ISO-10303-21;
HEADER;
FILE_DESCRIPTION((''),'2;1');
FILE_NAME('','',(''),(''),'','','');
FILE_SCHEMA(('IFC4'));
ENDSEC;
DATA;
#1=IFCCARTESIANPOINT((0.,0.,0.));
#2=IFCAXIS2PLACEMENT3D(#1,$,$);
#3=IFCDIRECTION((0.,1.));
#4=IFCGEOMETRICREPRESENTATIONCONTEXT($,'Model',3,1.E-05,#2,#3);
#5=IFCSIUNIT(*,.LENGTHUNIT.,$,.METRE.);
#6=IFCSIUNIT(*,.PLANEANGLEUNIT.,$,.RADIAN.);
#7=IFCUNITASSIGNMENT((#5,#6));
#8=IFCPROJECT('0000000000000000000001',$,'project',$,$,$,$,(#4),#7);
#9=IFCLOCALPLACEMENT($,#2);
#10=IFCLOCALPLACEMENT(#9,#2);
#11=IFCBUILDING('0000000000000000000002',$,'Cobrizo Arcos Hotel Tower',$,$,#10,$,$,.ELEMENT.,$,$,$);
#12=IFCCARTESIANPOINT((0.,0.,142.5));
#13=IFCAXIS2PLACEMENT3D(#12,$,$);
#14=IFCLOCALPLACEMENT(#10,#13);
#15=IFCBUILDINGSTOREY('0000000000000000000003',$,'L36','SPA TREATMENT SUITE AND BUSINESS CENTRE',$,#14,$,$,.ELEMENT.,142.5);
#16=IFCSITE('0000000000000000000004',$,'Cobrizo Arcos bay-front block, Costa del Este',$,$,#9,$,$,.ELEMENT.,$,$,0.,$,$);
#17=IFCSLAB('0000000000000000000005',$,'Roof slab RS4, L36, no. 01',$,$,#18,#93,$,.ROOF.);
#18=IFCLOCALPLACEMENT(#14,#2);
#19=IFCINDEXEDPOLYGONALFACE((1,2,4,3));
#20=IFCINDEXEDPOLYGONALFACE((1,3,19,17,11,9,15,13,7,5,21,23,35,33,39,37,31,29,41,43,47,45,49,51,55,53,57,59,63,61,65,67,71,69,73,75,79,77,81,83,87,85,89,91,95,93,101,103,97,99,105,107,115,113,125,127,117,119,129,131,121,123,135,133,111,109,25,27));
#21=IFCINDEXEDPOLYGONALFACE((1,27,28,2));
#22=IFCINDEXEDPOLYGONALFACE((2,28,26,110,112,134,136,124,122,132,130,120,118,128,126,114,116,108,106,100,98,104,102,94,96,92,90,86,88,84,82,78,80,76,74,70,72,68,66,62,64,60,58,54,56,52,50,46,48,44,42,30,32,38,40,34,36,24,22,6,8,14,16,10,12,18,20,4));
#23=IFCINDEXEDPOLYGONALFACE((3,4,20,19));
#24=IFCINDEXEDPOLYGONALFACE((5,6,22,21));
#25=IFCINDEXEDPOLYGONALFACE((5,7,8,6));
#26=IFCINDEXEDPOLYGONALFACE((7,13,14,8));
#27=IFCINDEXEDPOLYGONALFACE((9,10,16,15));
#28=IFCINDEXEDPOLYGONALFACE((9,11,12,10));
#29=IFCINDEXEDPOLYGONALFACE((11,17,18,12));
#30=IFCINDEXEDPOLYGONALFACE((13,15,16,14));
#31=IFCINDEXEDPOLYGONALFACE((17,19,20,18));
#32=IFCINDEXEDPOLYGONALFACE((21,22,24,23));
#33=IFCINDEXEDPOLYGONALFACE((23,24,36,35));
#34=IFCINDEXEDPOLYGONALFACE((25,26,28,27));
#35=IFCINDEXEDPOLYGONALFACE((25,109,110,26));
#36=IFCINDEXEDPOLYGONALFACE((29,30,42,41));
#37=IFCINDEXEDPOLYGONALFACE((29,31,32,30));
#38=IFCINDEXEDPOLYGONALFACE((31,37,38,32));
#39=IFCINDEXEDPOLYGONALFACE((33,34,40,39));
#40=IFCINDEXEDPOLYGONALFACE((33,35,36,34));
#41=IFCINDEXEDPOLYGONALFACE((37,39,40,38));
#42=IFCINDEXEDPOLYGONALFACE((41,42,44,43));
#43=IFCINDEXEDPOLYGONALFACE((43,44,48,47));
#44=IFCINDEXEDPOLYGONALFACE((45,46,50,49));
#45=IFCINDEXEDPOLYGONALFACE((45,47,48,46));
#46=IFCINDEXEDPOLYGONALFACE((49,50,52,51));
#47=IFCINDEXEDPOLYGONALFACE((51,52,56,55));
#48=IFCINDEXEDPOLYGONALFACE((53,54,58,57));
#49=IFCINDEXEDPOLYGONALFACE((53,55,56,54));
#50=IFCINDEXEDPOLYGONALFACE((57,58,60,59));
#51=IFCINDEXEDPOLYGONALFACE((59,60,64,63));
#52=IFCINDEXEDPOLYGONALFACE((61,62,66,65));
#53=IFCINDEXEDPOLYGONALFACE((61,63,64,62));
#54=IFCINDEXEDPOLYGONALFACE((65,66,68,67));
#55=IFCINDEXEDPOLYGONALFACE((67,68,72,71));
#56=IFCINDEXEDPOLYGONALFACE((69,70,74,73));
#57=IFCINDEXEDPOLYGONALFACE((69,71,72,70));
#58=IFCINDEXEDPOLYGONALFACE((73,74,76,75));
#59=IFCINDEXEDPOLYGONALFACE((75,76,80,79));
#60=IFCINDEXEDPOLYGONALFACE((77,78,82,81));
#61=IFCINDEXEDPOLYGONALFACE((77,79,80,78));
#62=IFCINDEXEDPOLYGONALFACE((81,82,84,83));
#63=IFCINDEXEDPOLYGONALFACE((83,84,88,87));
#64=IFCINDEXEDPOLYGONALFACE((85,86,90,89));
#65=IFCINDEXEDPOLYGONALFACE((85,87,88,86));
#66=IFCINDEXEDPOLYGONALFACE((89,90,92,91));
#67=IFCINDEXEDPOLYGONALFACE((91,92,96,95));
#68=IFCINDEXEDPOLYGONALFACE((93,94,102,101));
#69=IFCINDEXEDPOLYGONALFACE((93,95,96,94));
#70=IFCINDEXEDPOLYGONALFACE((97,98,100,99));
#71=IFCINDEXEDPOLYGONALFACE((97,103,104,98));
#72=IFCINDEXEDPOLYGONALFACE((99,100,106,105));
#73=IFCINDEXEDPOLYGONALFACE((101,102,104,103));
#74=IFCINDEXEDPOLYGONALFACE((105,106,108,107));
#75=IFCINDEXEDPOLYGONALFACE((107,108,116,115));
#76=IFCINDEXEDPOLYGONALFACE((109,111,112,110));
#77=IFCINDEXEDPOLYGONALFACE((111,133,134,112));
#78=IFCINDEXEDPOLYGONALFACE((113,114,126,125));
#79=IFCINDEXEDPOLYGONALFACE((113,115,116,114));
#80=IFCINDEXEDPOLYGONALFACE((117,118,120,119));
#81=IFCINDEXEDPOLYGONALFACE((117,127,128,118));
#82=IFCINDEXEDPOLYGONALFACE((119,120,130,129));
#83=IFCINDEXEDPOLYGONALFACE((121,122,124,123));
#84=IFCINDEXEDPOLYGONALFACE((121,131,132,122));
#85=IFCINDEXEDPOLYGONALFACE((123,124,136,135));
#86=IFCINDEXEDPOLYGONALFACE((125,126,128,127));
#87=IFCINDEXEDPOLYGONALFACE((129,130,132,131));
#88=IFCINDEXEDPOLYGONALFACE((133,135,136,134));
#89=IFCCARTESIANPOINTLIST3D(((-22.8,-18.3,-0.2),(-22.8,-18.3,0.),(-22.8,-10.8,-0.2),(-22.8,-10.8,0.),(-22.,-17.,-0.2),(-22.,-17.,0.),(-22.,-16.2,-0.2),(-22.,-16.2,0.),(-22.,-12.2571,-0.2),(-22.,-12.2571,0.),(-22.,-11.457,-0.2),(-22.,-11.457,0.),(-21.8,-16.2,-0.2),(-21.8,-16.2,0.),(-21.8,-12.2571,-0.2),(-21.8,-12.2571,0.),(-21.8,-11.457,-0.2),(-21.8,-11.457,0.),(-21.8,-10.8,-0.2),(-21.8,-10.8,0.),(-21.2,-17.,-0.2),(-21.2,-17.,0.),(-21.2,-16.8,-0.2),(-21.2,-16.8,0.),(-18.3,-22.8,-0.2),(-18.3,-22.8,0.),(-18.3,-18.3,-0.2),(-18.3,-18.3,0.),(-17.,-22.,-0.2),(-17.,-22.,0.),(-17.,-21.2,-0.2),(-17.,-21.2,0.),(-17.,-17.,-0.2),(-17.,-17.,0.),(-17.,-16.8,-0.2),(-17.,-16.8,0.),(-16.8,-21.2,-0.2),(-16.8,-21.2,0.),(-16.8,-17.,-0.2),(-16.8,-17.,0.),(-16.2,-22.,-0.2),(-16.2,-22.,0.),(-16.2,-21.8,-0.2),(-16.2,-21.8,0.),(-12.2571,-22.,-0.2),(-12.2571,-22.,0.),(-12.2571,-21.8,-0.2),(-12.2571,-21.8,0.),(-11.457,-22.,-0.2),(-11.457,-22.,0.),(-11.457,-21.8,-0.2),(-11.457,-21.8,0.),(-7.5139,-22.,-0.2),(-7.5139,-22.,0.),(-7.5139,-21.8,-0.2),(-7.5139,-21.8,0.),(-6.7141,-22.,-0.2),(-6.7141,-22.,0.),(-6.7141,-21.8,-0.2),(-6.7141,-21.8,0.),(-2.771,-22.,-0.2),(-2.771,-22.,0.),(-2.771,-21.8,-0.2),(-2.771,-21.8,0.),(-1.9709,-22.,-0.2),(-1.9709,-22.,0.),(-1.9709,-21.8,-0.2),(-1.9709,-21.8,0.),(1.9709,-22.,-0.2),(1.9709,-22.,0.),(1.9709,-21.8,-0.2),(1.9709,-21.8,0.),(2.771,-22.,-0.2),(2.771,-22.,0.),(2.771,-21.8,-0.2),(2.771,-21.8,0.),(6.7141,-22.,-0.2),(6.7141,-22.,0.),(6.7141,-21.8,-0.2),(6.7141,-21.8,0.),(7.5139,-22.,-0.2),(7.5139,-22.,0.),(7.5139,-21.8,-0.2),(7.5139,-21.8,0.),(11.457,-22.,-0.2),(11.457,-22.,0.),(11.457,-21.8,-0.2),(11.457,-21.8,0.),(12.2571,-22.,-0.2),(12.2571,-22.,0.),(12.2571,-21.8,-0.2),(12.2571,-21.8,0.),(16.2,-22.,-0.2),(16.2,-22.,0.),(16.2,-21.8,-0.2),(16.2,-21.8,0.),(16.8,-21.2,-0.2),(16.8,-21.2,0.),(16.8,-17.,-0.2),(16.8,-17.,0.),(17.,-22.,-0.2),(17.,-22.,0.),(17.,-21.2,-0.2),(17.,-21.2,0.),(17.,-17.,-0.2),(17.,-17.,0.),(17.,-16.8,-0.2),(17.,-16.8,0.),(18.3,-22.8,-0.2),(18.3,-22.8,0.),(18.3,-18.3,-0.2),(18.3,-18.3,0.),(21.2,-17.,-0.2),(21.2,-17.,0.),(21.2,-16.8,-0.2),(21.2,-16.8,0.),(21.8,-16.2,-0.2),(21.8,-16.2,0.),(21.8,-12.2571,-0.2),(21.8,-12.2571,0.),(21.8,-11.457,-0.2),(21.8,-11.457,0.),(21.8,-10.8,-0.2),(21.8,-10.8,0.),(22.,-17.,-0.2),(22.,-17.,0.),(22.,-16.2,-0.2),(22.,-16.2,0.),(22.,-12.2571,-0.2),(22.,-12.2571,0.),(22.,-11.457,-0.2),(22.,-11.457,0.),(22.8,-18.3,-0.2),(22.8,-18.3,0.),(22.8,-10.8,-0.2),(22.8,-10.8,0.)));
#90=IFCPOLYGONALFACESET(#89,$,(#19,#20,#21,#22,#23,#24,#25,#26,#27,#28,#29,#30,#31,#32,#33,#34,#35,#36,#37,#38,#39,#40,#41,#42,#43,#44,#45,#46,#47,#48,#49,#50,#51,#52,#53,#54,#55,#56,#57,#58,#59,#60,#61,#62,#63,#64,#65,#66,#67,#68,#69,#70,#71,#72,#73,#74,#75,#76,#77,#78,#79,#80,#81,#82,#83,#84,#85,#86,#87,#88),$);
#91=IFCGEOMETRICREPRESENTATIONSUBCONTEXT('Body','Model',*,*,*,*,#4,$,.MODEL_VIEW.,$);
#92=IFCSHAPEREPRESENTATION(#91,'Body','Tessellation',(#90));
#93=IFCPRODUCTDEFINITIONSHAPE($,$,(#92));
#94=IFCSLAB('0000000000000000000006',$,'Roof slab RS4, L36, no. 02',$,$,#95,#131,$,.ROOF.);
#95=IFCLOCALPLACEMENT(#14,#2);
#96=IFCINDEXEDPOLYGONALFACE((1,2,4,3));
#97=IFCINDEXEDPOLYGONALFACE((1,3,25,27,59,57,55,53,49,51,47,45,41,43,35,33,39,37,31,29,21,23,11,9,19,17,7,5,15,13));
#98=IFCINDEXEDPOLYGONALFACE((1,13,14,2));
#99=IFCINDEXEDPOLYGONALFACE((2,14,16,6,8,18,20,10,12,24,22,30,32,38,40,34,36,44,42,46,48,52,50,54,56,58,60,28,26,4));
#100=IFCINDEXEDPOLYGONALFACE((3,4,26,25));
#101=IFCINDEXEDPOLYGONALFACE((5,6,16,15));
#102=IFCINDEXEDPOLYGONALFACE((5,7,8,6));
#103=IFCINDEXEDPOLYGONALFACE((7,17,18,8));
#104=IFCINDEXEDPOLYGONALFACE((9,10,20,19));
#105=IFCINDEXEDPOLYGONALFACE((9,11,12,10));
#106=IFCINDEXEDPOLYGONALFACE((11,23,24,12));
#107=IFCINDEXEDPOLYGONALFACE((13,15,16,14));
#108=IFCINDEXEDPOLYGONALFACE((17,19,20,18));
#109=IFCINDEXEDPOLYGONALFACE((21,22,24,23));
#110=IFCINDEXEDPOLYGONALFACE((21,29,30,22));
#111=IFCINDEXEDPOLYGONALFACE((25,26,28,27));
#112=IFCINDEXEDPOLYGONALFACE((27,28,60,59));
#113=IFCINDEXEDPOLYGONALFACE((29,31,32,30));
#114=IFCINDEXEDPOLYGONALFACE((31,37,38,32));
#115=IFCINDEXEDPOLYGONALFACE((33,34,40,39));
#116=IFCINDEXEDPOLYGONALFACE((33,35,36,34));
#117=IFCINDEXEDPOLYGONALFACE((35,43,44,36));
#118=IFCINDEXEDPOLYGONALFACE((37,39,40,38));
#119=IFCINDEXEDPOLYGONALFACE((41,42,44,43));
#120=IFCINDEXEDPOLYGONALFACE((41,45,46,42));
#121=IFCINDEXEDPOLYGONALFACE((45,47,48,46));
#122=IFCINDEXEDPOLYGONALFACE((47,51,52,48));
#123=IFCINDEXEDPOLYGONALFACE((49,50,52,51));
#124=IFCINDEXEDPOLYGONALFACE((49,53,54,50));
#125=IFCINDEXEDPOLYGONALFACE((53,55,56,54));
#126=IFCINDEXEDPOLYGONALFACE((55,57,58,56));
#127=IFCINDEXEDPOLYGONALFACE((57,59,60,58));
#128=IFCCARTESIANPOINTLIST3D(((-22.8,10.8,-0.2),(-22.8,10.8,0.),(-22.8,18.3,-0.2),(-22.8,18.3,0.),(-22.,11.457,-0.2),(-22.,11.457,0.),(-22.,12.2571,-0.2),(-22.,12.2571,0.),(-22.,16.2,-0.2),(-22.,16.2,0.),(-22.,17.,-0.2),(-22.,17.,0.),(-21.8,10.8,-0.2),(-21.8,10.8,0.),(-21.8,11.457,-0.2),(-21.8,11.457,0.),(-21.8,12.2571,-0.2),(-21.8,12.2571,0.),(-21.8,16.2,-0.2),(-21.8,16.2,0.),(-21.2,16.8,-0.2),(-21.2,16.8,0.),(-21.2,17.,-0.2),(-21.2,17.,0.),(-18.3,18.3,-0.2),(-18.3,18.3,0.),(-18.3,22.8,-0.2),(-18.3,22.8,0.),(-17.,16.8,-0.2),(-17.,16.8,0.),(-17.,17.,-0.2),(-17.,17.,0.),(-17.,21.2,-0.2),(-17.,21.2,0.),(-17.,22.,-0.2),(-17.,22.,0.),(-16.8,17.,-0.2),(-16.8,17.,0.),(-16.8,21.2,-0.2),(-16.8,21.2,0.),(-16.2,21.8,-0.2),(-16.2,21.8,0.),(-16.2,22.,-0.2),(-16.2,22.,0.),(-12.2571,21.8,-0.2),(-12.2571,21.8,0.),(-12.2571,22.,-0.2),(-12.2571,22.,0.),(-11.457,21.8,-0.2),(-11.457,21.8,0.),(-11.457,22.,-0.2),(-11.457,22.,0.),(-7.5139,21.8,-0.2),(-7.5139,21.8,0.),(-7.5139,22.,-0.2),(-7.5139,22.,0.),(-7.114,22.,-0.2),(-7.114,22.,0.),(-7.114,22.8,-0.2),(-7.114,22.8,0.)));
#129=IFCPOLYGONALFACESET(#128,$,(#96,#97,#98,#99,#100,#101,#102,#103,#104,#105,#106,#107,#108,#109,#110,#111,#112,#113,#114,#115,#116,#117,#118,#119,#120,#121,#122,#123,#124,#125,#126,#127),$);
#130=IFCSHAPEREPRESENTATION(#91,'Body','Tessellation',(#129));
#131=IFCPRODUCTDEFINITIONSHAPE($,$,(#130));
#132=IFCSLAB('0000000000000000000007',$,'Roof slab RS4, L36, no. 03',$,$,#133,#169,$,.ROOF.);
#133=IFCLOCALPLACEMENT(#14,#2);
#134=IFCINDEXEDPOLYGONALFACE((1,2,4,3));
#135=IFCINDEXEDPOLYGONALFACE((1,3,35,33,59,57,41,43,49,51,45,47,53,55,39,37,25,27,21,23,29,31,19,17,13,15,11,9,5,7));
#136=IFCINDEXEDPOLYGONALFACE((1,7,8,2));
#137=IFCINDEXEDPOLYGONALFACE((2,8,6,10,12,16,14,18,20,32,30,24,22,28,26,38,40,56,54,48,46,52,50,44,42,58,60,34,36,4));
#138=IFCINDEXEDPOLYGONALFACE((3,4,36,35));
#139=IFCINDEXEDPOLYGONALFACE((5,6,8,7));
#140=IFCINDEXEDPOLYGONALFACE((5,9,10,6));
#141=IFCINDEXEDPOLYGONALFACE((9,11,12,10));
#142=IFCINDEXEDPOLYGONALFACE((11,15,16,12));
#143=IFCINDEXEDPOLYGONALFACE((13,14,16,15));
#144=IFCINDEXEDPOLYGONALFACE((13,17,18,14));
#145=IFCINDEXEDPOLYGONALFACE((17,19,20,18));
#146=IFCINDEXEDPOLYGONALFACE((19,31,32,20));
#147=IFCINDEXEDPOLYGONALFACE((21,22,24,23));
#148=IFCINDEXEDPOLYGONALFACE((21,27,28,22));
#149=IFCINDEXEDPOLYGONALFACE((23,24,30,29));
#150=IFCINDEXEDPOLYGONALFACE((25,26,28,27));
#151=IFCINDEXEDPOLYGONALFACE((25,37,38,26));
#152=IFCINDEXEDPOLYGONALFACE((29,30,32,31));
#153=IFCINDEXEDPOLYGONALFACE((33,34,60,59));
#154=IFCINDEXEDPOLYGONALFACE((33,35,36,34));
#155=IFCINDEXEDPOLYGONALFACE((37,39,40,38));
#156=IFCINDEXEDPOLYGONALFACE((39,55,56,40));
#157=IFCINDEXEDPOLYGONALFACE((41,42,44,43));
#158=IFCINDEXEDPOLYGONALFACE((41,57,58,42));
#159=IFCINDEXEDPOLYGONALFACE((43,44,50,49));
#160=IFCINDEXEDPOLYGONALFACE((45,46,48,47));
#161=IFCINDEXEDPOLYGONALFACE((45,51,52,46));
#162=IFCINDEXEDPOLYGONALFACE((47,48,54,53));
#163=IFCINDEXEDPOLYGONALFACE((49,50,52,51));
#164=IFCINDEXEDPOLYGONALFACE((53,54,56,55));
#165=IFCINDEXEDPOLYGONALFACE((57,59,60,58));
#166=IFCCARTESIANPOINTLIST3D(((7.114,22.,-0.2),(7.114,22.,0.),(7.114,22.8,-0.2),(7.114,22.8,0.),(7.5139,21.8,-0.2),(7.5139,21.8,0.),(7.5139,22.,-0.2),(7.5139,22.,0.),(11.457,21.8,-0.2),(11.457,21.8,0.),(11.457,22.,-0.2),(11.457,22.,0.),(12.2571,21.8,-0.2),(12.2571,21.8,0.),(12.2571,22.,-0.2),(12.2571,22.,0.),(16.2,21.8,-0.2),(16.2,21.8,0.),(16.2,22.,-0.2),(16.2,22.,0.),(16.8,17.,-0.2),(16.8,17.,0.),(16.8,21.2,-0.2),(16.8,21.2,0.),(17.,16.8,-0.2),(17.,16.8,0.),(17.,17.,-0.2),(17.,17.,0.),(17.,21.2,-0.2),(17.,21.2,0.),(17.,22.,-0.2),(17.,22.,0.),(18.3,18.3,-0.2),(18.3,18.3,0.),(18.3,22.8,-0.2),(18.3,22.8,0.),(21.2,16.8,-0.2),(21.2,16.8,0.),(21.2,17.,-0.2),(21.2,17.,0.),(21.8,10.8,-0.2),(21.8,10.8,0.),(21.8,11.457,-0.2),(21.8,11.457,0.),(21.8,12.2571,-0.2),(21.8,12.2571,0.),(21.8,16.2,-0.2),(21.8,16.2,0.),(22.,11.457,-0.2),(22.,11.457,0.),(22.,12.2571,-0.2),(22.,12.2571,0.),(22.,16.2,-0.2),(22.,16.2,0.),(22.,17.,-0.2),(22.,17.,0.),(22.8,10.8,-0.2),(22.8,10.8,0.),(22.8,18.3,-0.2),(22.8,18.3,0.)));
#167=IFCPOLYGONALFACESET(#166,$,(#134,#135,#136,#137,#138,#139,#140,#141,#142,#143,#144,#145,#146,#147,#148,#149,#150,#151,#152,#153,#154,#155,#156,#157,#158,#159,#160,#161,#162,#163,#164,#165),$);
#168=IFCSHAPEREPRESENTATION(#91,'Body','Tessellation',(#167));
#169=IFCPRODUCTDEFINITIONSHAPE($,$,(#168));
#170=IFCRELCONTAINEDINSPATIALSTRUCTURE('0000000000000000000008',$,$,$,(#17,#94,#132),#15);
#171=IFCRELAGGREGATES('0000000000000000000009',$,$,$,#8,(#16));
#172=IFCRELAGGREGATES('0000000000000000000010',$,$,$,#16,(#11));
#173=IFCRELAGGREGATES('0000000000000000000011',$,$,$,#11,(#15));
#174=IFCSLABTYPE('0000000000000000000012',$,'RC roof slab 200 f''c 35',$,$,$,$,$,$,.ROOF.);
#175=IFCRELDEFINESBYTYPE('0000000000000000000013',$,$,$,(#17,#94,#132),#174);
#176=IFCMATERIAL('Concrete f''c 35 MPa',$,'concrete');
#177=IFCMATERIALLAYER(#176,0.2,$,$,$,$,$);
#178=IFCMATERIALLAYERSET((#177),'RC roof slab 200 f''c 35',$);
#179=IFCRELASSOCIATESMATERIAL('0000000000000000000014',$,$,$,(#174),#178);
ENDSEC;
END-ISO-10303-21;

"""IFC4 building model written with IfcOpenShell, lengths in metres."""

from ifc_helpers import new_model, si_unit, direction, frame, origin, place, context, subcontext, project, spatial, polyline, outline, extrude, material, layer, layer_set, type_object, element, save


model = new_model("IFC4")

# Units and contexts
model_context = context("Model", 3, precision=1e-05, world=origin(), true_north=direction((0.0, 1.0)))
body_context = subcontext(model_context, "Body", "Model", "MODEL_VIEW")
ifc_project = project(units=[si_unit("LENGTHUNIT", "METRE"), si_unit("PLANEANGLEUNIT", "RADIAN")], contexts=[model_context])

# Site, building, storey
site_placement = place(None, origin())
site = spatial("IfcSite", under=ifc_project, at=site_placement, Name="Cobrizo Arcos bay-front block, Costa del Este", CompositionType="ELEMENT", RefElevation=0.0)
building_placement = place(site_placement, origin())
building = spatial("IfcBuilding", under=site, at=building_placement, Name="Cobrizo Arcos Hotel Tower", CompositionType="ELEMENT")
storey_placement = place(building_placement, frame((0.0, 0.0, 142.5)))
storey = spatial("IfcBuildingStorey", under=building, at=storey_placement, Name="L36", Description="SPA TREATMENT SUITE AND BUSINESS CENTRE", CompositionType="ELEMENT", Elevation=142.5)

# Slabs
ifc_material_1 = material(Name="Concrete f'c 35 MPa", Category="concrete")
ifc_layer_1 = layer(ifc_material_1, 0.2)
ifc_layer_set_1 = layer_set([ifc_layer_1], Name="RC roof slab 200 f'c 35")
slab_type_1 = type_object("IfcSlabType", Name="RC roof slab 200 f'c 35", PredefinedType="ROOF", material=ifc_layer_set_1)
slab_1_placement = place(storey_placement, frame((0.0, 0.0, -0.2)))
element("IfcSlab", 1, at=slab_1_placement, inside=storey, type_object=slab_type_1, Name="Roof slab RS4, L36, no. 01", PredefinedType="ROOF", context=body_context, shape_type="SweptSolid", body=[
    extrude(outline(polyline([(-22.8, -10.8), (-21.8, -10.8), (-21.8, -11.457), (-22.0, -11.457), (-22.0, -12.2571), (-21.8, -12.2571), (-21.8, -16.2), (-22.0, -16.2), (-22.0, -17.0), (-21.2, -17.0), (-21.2, -16.8), (-17.0, -16.8), (-17.0, -17.0), (-16.8, -17.0), (-16.8, -21.2), (-17.0, -21.2), (-17.0, -22.0), (-16.2, -22.0), (-16.2, -21.8), (-12.2571, -21.8), (-12.2571, -22.0), (-11.457, -22.0), (-11.457, -21.8), (-7.5139, -21.8), (-7.5139, -22.0), (-6.7141, -22.0), (-6.7141, -21.8), (-2.771, -21.8), (-2.771, -22.0), (-1.9709, -22.0), (-1.9709, -21.8), (1.9709, -21.8), (1.9709, -22.0), (2.771, -22.0), (2.771, -21.8), (6.7141, -21.8), (6.7141, -22.0), (7.5139, -22.0), (7.5139, -21.8), (11.457, -21.8), (11.457, -22.0), (12.2571, -22.0), (12.2571, -21.8), (16.2, -21.8), (16.2, -22.0), (17.0, -22.0), (17.0, -21.2), (16.8, -21.2), (16.8, -17.0), (17.0, -17.0), (17.0, -16.8), (21.2, -16.8), (21.2, -17.0), (22.0, -17.0), (22.0, -16.2), (21.8, -16.2), (21.8, -12.2571), (22.0, -12.2571), (22.0, -11.457), (21.8, -11.457), (21.8, -10.8), (22.8, -10.8), (22.8, -18.3), (18.3, -18.3), (18.3, -22.8), (-18.3, -22.8), (-18.3, -18.3), (-22.8, -18.3), (-22.8, -10.8)])), origin(), (0.0, 0.0, 1.0), 0.2),
])
slab_2_placement = place(storey_placement, frame((0.0, 0.0, -0.2)))
element("IfcSlab", 2, at=slab_2_placement, inside=storey, type_object=slab_type_1, Name="Roof slab RS4, L36, no. 02", PredefinedType="ROOF", context=body_context, shape_type="SweptSolid", body=[
    extrude(outline(polyline([(-22.8, 18.3), (-18.3, 18.3), (-18.3, 22.8), (-7.114, 22.8), (-7.114, 22.0), (-7.5139, 22.0), (-7.5139, 21.8), (-11.457, 21.8), (-11.457, 22.0), (-12.2571, 22.0), (-12.2571, 21.8), (-16.2, 21.8), (-16.2, 22.0), (-17.0, 22.0), (-17.0, 21.2), (-16.8, 21.2), (-16.8, 17.0), (-17.0, 17.0), (-17.0, 16.8), (-21.2, 16.8), (-21.2, 17.0), (-22.0, 17.0), (-22.0, 16.2), (-21.8, 16.2), (-21.8, 12.2571), (-22.0, 12.2571), (-22.0, 11.457), (-21.8, 11.457), (-21.8, 10.8), (-22.8, 10.8), (-22.8, 18.3)])), origin(), (0.0, 0.0, 1.0), 0.2),
])
slab_3_placement = place(storey_placement, frame((0.0, 0.0, -0.2)))
element("IfcSlab", 3, at=slab_3_placement, inside=storey, type_object=slab_type_1, Name="Roof slab RS4, L36, no. 03", PredefinedType="ROOF", context=body_context, shape_type="SweptSolid", body=[
    extrude(outline(polyline([(18.3, 22.8), (18.3, 18.3), (22.8, 18.3), (22.8, 10.8), (21.8, 10.8), (21.8, 11.457), (22.0, 11.457), (22.0, 12.2571), (21.8, 12.2571), (21.8, 16.2), (22.0, 16.2), (22.0, 17.0), (21.2, 17.0), (21.2, 16.8), (17.0, 16.8), (17.0, 17.0), (16.8, 17.0), (16.8, 21.2), (17.0, 21.2), (17.0, 22.0), (16.2, 22.0), (16.2, 21.8), (12.2571, 21.8), (12.2571, 22.0), (11.457, 22.0), (11.457, 21.8), (7.5139, 21.8), (7.5139, 22.0), (7.114, 22.0), (7.114, 22.8), (18.3, 22.8)])), origin(), (0.0, 0.0, 1.0), 0.2),
])

save(model, "model.ifc")
